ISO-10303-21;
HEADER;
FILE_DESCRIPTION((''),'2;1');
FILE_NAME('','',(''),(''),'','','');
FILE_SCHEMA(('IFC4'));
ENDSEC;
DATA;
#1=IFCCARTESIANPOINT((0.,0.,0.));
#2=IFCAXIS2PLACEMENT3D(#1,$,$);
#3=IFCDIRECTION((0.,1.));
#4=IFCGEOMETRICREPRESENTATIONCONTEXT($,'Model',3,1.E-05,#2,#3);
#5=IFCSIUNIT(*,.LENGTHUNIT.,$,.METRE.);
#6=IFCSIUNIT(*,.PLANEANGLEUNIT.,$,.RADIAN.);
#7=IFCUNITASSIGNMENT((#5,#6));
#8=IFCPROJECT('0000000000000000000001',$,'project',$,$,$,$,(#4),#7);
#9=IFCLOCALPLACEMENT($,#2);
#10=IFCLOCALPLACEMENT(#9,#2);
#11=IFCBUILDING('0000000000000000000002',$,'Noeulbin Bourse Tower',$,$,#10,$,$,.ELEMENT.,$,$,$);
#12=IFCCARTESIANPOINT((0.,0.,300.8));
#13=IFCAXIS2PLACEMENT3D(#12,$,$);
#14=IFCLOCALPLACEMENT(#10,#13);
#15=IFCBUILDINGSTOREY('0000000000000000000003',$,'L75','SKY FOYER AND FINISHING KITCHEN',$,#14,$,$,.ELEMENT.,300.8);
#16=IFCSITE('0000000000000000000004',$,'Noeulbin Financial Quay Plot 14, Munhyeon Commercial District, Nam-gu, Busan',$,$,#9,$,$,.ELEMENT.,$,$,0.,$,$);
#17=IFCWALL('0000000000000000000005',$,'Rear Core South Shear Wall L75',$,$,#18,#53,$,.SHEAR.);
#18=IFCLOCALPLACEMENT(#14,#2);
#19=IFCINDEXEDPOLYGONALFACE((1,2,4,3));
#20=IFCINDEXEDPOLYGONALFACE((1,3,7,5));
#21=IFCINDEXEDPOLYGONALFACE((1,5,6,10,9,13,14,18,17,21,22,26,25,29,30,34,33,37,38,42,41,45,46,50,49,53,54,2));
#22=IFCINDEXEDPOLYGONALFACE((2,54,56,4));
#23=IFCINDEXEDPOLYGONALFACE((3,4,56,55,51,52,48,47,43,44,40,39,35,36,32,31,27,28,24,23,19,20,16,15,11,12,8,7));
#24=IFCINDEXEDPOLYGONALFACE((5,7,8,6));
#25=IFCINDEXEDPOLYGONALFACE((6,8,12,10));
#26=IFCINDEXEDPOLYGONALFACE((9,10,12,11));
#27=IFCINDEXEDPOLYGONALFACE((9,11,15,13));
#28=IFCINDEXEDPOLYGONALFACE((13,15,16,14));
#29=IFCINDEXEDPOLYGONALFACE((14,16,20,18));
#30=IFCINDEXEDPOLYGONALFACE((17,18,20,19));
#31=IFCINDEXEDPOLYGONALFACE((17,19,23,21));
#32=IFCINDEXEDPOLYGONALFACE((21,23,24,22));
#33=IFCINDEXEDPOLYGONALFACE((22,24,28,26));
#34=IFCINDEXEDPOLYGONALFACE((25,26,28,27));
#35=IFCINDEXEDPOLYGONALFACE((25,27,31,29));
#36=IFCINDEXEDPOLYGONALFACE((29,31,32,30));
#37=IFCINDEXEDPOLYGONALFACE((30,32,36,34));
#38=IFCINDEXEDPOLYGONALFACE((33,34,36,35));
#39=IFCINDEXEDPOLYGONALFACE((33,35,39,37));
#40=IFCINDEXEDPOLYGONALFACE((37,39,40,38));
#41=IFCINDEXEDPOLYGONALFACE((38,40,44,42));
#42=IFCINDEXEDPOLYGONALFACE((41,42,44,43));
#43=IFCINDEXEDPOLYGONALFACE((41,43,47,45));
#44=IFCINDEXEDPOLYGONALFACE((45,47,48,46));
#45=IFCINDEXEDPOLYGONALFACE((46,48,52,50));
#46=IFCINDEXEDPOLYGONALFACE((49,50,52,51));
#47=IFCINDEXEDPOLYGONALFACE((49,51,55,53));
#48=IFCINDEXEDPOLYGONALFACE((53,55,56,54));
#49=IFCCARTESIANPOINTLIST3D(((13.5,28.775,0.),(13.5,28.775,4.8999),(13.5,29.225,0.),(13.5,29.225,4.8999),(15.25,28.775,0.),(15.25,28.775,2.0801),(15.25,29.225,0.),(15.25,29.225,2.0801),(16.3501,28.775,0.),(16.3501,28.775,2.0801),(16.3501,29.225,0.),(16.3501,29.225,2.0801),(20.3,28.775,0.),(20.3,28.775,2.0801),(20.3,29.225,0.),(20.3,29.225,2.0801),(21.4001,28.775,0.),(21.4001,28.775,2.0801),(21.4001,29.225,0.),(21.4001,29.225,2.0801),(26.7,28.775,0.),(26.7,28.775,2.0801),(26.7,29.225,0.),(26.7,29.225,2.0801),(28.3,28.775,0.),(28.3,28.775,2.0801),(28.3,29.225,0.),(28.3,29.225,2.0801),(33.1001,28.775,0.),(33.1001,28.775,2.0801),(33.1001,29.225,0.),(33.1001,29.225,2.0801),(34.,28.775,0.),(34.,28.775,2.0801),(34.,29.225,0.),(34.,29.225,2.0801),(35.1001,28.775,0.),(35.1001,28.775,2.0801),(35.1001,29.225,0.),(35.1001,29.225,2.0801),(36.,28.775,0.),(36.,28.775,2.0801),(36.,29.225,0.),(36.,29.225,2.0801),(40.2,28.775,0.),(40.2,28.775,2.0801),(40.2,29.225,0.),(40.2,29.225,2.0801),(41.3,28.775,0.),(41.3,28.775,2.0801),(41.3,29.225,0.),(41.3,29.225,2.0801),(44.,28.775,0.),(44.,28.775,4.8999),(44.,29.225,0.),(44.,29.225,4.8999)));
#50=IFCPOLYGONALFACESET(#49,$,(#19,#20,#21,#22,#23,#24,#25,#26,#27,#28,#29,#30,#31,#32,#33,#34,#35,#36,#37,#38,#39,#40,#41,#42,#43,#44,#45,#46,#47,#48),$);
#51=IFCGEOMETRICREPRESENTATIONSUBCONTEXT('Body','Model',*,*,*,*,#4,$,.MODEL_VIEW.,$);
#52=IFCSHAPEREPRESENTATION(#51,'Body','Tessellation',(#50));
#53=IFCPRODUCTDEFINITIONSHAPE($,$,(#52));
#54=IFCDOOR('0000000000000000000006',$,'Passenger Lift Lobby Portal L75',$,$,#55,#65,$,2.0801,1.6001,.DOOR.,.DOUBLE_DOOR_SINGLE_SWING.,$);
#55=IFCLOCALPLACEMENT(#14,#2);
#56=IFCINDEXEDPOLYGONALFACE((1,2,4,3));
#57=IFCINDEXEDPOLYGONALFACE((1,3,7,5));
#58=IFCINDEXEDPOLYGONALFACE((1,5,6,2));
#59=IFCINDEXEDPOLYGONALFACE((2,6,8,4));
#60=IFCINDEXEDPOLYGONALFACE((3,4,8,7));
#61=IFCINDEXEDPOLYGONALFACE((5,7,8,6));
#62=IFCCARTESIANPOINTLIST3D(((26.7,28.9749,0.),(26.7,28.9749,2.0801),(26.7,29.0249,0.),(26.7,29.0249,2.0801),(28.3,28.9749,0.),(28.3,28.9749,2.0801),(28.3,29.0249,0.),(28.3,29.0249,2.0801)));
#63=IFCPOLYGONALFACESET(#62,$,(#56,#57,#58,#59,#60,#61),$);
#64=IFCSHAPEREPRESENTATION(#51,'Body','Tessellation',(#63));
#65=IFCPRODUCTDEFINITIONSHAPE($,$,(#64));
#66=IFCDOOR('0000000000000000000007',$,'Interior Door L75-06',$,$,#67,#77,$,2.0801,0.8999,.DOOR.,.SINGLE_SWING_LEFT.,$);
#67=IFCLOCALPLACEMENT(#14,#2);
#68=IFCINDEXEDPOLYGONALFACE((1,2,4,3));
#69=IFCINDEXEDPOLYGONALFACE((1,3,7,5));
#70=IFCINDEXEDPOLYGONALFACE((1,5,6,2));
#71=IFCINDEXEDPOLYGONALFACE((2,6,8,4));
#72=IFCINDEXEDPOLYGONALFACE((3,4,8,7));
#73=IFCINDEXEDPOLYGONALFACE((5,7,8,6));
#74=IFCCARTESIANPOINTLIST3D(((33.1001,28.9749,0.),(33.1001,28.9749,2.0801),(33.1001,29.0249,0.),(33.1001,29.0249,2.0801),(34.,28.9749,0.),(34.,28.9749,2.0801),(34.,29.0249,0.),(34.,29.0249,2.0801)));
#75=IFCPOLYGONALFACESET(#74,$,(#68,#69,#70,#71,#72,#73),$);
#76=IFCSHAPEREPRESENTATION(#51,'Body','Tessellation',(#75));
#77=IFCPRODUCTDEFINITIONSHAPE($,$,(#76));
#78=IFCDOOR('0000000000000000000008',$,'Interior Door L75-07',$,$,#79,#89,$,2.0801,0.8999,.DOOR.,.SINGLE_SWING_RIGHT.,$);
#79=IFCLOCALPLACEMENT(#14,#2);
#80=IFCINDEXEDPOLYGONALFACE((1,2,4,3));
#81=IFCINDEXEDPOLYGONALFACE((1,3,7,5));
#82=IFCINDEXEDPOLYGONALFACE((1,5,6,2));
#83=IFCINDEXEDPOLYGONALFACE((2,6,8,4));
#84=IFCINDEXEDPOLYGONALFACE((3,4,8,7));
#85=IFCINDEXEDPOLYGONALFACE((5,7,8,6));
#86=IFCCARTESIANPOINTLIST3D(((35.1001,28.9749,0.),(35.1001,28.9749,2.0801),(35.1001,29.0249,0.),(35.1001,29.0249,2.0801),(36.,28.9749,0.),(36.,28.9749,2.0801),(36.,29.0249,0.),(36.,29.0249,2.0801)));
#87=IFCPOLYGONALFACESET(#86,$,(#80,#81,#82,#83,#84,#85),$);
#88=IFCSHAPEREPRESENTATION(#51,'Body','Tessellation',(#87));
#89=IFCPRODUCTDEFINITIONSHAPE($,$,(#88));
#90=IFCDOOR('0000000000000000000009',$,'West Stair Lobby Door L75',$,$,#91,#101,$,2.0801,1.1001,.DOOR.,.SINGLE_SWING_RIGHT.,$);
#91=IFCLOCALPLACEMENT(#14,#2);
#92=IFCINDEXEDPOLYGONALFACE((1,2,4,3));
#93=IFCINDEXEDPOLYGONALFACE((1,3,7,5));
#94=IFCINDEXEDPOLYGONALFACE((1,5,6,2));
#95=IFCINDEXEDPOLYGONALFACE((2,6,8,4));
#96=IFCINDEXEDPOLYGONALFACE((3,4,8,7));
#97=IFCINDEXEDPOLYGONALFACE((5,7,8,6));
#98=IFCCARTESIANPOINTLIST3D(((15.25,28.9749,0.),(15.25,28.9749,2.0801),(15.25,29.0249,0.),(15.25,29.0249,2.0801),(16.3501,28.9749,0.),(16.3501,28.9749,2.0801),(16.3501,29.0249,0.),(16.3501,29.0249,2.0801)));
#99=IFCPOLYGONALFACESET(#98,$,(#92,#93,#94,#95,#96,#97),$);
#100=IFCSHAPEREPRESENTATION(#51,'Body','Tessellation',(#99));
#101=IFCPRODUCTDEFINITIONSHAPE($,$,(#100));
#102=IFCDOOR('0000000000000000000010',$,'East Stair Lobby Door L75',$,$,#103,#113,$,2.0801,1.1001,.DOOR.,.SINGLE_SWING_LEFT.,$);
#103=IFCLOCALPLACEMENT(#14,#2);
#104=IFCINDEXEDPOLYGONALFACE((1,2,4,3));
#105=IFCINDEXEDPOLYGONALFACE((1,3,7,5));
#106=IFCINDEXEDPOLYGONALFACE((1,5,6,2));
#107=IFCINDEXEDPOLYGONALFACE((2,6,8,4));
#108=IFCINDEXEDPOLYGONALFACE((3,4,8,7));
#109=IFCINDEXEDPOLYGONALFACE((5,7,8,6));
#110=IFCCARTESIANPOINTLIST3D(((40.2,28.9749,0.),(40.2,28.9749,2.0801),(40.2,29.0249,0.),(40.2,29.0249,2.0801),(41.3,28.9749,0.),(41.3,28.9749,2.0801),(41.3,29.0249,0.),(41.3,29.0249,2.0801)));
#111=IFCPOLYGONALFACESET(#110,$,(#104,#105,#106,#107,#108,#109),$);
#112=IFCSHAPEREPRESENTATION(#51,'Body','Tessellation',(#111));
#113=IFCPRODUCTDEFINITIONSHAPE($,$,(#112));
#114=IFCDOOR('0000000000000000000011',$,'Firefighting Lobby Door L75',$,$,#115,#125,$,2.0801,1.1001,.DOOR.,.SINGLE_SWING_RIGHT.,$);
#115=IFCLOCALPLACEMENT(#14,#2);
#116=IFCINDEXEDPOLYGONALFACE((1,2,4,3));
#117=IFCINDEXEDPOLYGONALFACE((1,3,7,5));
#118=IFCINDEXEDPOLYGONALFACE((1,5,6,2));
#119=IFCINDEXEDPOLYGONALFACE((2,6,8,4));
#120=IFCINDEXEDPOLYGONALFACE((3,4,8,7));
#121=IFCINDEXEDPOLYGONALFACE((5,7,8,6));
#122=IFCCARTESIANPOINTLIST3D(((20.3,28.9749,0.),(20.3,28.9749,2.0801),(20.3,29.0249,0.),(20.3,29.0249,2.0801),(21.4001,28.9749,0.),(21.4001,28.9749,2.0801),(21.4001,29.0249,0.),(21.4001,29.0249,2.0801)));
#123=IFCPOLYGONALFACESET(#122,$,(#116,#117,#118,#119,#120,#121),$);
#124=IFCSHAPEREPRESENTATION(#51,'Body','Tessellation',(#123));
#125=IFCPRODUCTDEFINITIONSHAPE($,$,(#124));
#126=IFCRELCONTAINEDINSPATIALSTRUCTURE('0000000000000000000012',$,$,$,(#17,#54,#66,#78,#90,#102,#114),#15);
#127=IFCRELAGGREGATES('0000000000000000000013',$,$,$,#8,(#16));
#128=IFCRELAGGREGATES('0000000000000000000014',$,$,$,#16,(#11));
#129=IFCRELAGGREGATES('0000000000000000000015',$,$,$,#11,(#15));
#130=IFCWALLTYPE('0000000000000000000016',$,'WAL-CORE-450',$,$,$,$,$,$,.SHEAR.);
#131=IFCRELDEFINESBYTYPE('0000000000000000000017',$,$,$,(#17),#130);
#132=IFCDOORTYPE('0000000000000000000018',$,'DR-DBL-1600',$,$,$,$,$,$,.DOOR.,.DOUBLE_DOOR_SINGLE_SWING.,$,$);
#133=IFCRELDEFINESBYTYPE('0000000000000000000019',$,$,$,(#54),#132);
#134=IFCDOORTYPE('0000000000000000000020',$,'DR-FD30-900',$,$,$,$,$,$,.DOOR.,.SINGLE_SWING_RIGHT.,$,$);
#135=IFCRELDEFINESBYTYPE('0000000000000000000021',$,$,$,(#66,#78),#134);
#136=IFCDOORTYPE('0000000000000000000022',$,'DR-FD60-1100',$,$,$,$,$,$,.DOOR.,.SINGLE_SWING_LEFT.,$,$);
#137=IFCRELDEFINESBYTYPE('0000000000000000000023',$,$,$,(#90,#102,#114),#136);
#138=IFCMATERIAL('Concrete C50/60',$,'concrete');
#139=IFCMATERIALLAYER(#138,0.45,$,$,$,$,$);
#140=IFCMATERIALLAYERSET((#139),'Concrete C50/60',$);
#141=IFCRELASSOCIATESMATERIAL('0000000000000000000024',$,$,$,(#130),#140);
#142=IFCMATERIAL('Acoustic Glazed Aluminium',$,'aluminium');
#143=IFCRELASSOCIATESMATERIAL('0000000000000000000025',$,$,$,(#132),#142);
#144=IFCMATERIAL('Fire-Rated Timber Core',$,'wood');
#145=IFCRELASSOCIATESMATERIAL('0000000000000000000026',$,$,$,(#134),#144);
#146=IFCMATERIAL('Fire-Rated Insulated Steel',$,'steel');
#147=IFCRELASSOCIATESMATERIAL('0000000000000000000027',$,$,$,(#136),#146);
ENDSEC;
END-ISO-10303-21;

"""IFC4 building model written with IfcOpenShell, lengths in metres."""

from ifc_helpers import new_model, si_unit, direction, frame, frame_2d, origin, place, context, subcontext, project, spatial, rectangle, extrude, material, layer, layer_set, type_object, element, fill, save


model = new_model("IFC4")

# Units and contexts
model_context = context("Model", 3, precision=1e-05, world=origin(), true_north=direction((0.0, 1.0)))
body_context = subcontext(model_context, "Body", "Model", "MODEL_VIEW")
ifc_project = project(units=[si_unit("LENGTHUNIT", "METRE"), si_unit("PLANEANGLEUNIT", "RADIAN")], contexts=[model_context])

# Site, building, storey
site_placement = place(None, origin())
site = spatial("IfcSite", under=ifc_project, at=site_placement, Name="Noeulbin Financial Quay Plot 14, Munhyeon Commercial District, Nam-gu, Busan", CompositionType="ELEMENT", RefElevation=0.0)
building_placement = place(site_placement, origin())
building = spatial("IfcBuilding", under=site, at=building_placement, Name="Noeulbin Bourse Tower", CompositionType="ELEMENT")
storey_placement = place(building_placement, frame((0.0, 0.0, 300.8)))
storey = spatial("IfcBuildingStorey", under=building, at=storey_placement, Name="L75", Description="SKY FOYER AND FINISHING KITCHEN", CompositionType="ELEMENT", Elevation=300.8)

# Wall, openings, doors
ifc_material_1 = material(Name="Concrete C50/60", Category="concrete")
ifc_layer_1 = layer(ifc_material_1, 0.45)
ifc_layer_set_1 = layer_set([ifc_layer_1], Name="Concrete C50/60")
wall_type_1 = type_object("IfcWallType", Name="WAL-CORE-450", PredefinedType="SHEAR", material=ifc_layer_set_1)
wall_1_placement = place(storey_placement, frame((13.5, 29.0, 0.0), z_axis=(0.0, 0.0, 1.0), x_axis=(1.0, 0.0, 0.0)))
wall_1 = element("IfcWall", 1, at=wall_1_placement, inside=storey, type_object=wall_type_1, Name="Rear Core South Shear Wall L75", PredefinedType="SHEAR", context=body_context, shape_type="SweptSolid", body=[
    extrude(rectangle(XDim=30.5, YDim=0.45, at=frame_2d((15.25, 0.0))), origin(), (0.0, 0.0, 1.0), 4.8999),
])
opening_1_placement = place(wall_1_placement, frame((1.75, 0.0, 0.0)))
opening_1 = element("IfcOpeningElement", 2, at=opening_1_placement, cuts=wall_1, PredefinedType="OPENING", context=body_context, shape_type="SweptSolid", body=[
    extrude(rectangle(XDim=1.1001, YDim=2.0801, at=frame_2d((0.55, 1.04))), frame((0.0, 0.2349, 0.0), z_axis=(0.0, -1.0, 0.0), x_axis=(1.0, 0.0, 0.0)), (0.0, 0.0, 1.0), 0.47),
])
opening_2_placement = place(wall_1_placement, frame((26.7, 0.0, 0.0)))
opening_2 = element("IfcOpeningElement", 3, at=opening_2_placement, cuts=wall_1, PredefinedType="OPENING", context=body_context, shape_type="SweptSolid", body=[
    extrude(rectangle(XDim=1.1001, YDim=2.0801, at=frame_2d((0.55, 1.04))), frame((0.0, 0.2349, 0.0), z_axis=(0.0, -1.0, 0.0), x_axis=(1.0, 0.0, 0.0)), (0.0, 0.0, 1.0), 0.47),
])
opening_3_placement = place(wall_1_placement, frame((6.8, 0.0, 0.0)))
opening_3 = element("IfcOpeningElement", 4, at=opening_3_placement, cuts=wall_1, PredefinedType="OPENING", context=body_context, shape_type="SweptSolid", body=[
    extrude(rectangle(XDim=1.1001, YDim=2.0801, at=frame_2d((0.55, 1.04))), frame((0.0, 0.2349, 0.0), z_axis=(0.0, -1.0, 0.0), x_axis=(1.0, 0.0, 0.0)), (0.0, 0.0, 1.0), 0.47),
])
opening_4_placement = place(wall_1_placement, frame((13.2, 0.0, 0.0)))
opening_4 = element("IfcOpeningElement", 5, at=opening_4_placement, cuts=wall_1, PredefinedType="OPENING", context=body_context, shape_type="SweptSolid", body=[
    extrude(rectangle(XDim=1.6001, YDim=2.0801, at=frame_2d((0.8, 1.04))), frame((0.0, 0.2349, 0.0), z_axis=(0.0, -1.0, 0.0), x_axis=(1.0, 0.0, 0.0)), (0.0, 0.0, 1.0), 0.47),
])
opening_5_placement = place(wall_1_placement, frame((19.6001, 0.0, 0.0)))
opening_5 = element("IfcOpeningElement", 6, at=opening_5_placement, cuts=wall_1, PredefinedType="OPENING", context=body_context, shape_type="SweptSolid", body=[
    extrude(rectangle(XDim=0.8999, YDim=2.0801, at=frame_2d((0.45, 1.04))), frame((0.0, 0.2349, 0.0), z_axis=(0.0, -1.0, 0.0), x_axis=(1.0, 0.0, 0.0)), (0.0, 0.0, 1.0), 0.47),
])
opening_6_placement = place(wall_1_placement, frame((21.6001, 0.0, 0.0)))
opening_6 = element("IfcOpeningElement", 7, at=opening_6_placement, cuts=wall_1, PredefinedType="OPENING", context=body_context, shape_type="SweptSolid", body=[
    extrude(rectangle(XDim=0.8999, YDim=2.0801, at=frame_2d((0.45, 1.04))), frame((0.0, 0.2349, 0.0), z_axis=(0.0, -1.0, 0.0), x_axis=(1.0, 0.0, 0.0)), (0.0, 0.0, 1.0), 0.47),
])
ifc_material_2 = material(Name="Acoustic Glazed Aluminium", Category="aluminium")
door_type_1 = type_object("IfcDoorType", Name="DR-DBL-1600", OperationType="DOUBLE_DOOR_SINGLE_SWING", PredefinedType="DOOR", material=ifc_material_2)
door_1_placement = place(opening_4_placement, origin())
door_1 = element("IfcDoor", 8, at=door_1_placement, inside=storey, type_object=door_type_1, Name="Passenger Lift Lobby Portal L75", OperationType="DOUBLE_DOOR_SINGLE_SWING", OverallHeight=2.0801, OverallWidth=1.6001, PredefinedType="DOOR", context=body_context, shape_type="SweptSolid", body=[
    extrude(rectangle(XDim=1.6001, YDim=2.0801, at=frame_2d((0.8, 1.04))), frame((0.0, 0.0249, 0.0), z_axis=(0.0, -1.0, 0.0), x_axis=(1.0, 0.0, 0.0)), (0.0, 0.0, 1.0), 0.05),
])
fill(opening_4, door_1)
ifc_material_3 = material(Name="Fire-Rated Timber Core", Category="wood")
door_type_2 = type_object("IfcDoorType", Name="DR-FD30-900", OperationType="SINGLE_SWING_RIGHT", PredefinedType="DOOR", material=ifc_material_3)
door_2_placement = place(opening_5_placement, origin())
door_2 = element("IfcDoor", 9, at=door_2_placement, inside=storey, type_object=door_type_2, Name="Interior Door L75-06", OperationType="SINGLE_SWING_LEFT", OverallHeight=2.0801, OverallWidth=0.8999, PredefinedType="DOOR", context=body_context, shape_type="SweptSolid", body=[
    extrude(rectangle(XDim=0.8999, YDim=2.0801, at=frame_2d((0.45, 1.04))), frame((0.0, 0.0249, 0.0), z_axis=(0.0, -1.0, 0.0), x_axis=(1.0, 0.0, 0.0)), (0.0, 0.0, 1.0), 0.05),
])
fill(opening_5, door_2)
door_3_placement = place(opening_6_placement, origin())
door_3 = element("IfcDoor", 10, at=door_3_placement, inside=storey, type_object=door_type_2, Name="Interior Door L75-07", OperationType="SINGLE_SWING_RIGHT", OverallHeight=2.0801, OverallWidth=0.8999, PredefinedType="DOOR", context=body_context, shape_type="SweptSolid", body=[
    extrude(rectangle(XDim=0.8999, YDim=2.0801, at=frame_2d((0.45, 1.04))), frame((0.0, 0.0249, 0.0), z_axis=(0.0, -1.0, 0.0), x_axis=(1.0, 0.0, 0.0)), (0.0, 0.0, 1.0), 0.05),
])
fill(opening_6, door_3)
ifc_material_4 = material(Name="Fire-Rated Insulated Steel", Category="steel")
door_type_3 = type_object("IfcDoorType", Name="DR-FD60-1100", OperationType="SINGLE_SWING_LEFT", PredefinedType="DOOR", material=ifc_material_4)
door_4_placement = place(opening_1_placement, origin())
door_4 = element("IfcDoor", 11, at=door_4_placement, inside=storey, type_object=door_type_3, Name="West Stair Lobby Door L75", OperationType="SINGLE_SWING_RIGHT", OverallHeight=2.0801, OverallWidth=1.1001, PredefinedType="DOOR", context=body_context, shape_type="SweptSolid", body=[
    extrude(rectangle(XDim=1.1001, YDim=2.0801, at=frame_2d((0.55, 1.04))), frame((0.0, 0.0249, 0.0), z_axis=(0.0, -1.0, 0.0), x_axis=(1.0, 0.0, 0.0)), (0.0, 0.0, 1.0), 0.05),
])
fill(opening_1, door_4)
door_5_placement = place(opening_2_placement, origin())
door_5 = element("IfcDoor", 12, at=door_5_placement, inside=storey, type_object=door_type_3, Name="East Stair Lobby Door L75", OperationType="SINGLE_SWING_LEFT", OverallHeight=2.0801, OverallWidth=1.1001, PredefinedType="DOOR", context=body_context, shape_type="SweptSolid", body=[
    extrude(rectangle(XDim=1.1001, YDim=2.0801, at=frame_2d((0.55, 1.04))), frame((0.0, 0.0249, 0.0), z_axis=(0.0, -1.0, 0.0), x_axis=(1.0, 0.0, 0.0)), (0.0, 0.0, 1.0), 0.05),
])
fill(opening_2, door_5)
door_6_placement = place(opening_3_placement, origin())
door_6 = element("IfcDoor", 13, at=door_6_placement, inside=storey, type_object=door_type_3, Name="Firefighting Lobby Door L75", OperationType="SINGLE_SWING_RIGHT", OverallHeight=2.0801, OverallWidth=1.1001, PredefinedType="DOOR", context=body_context, shape_type="SweptSolid", body=[
    extrude(rectangle(XDim=1.1001, YDim=2.0801, at=frame_2d((0.55, 1.04))), frame((0.0, 0.0249, 0.0), z_axis=(0.0, -1.0, 0.0), x_axis=(1.0, 0.0, 0.0)), (0.0, 0.0, 1.0), 0.05),
])
fill(opening_3, door_6)

save(model, "model.ifc")
